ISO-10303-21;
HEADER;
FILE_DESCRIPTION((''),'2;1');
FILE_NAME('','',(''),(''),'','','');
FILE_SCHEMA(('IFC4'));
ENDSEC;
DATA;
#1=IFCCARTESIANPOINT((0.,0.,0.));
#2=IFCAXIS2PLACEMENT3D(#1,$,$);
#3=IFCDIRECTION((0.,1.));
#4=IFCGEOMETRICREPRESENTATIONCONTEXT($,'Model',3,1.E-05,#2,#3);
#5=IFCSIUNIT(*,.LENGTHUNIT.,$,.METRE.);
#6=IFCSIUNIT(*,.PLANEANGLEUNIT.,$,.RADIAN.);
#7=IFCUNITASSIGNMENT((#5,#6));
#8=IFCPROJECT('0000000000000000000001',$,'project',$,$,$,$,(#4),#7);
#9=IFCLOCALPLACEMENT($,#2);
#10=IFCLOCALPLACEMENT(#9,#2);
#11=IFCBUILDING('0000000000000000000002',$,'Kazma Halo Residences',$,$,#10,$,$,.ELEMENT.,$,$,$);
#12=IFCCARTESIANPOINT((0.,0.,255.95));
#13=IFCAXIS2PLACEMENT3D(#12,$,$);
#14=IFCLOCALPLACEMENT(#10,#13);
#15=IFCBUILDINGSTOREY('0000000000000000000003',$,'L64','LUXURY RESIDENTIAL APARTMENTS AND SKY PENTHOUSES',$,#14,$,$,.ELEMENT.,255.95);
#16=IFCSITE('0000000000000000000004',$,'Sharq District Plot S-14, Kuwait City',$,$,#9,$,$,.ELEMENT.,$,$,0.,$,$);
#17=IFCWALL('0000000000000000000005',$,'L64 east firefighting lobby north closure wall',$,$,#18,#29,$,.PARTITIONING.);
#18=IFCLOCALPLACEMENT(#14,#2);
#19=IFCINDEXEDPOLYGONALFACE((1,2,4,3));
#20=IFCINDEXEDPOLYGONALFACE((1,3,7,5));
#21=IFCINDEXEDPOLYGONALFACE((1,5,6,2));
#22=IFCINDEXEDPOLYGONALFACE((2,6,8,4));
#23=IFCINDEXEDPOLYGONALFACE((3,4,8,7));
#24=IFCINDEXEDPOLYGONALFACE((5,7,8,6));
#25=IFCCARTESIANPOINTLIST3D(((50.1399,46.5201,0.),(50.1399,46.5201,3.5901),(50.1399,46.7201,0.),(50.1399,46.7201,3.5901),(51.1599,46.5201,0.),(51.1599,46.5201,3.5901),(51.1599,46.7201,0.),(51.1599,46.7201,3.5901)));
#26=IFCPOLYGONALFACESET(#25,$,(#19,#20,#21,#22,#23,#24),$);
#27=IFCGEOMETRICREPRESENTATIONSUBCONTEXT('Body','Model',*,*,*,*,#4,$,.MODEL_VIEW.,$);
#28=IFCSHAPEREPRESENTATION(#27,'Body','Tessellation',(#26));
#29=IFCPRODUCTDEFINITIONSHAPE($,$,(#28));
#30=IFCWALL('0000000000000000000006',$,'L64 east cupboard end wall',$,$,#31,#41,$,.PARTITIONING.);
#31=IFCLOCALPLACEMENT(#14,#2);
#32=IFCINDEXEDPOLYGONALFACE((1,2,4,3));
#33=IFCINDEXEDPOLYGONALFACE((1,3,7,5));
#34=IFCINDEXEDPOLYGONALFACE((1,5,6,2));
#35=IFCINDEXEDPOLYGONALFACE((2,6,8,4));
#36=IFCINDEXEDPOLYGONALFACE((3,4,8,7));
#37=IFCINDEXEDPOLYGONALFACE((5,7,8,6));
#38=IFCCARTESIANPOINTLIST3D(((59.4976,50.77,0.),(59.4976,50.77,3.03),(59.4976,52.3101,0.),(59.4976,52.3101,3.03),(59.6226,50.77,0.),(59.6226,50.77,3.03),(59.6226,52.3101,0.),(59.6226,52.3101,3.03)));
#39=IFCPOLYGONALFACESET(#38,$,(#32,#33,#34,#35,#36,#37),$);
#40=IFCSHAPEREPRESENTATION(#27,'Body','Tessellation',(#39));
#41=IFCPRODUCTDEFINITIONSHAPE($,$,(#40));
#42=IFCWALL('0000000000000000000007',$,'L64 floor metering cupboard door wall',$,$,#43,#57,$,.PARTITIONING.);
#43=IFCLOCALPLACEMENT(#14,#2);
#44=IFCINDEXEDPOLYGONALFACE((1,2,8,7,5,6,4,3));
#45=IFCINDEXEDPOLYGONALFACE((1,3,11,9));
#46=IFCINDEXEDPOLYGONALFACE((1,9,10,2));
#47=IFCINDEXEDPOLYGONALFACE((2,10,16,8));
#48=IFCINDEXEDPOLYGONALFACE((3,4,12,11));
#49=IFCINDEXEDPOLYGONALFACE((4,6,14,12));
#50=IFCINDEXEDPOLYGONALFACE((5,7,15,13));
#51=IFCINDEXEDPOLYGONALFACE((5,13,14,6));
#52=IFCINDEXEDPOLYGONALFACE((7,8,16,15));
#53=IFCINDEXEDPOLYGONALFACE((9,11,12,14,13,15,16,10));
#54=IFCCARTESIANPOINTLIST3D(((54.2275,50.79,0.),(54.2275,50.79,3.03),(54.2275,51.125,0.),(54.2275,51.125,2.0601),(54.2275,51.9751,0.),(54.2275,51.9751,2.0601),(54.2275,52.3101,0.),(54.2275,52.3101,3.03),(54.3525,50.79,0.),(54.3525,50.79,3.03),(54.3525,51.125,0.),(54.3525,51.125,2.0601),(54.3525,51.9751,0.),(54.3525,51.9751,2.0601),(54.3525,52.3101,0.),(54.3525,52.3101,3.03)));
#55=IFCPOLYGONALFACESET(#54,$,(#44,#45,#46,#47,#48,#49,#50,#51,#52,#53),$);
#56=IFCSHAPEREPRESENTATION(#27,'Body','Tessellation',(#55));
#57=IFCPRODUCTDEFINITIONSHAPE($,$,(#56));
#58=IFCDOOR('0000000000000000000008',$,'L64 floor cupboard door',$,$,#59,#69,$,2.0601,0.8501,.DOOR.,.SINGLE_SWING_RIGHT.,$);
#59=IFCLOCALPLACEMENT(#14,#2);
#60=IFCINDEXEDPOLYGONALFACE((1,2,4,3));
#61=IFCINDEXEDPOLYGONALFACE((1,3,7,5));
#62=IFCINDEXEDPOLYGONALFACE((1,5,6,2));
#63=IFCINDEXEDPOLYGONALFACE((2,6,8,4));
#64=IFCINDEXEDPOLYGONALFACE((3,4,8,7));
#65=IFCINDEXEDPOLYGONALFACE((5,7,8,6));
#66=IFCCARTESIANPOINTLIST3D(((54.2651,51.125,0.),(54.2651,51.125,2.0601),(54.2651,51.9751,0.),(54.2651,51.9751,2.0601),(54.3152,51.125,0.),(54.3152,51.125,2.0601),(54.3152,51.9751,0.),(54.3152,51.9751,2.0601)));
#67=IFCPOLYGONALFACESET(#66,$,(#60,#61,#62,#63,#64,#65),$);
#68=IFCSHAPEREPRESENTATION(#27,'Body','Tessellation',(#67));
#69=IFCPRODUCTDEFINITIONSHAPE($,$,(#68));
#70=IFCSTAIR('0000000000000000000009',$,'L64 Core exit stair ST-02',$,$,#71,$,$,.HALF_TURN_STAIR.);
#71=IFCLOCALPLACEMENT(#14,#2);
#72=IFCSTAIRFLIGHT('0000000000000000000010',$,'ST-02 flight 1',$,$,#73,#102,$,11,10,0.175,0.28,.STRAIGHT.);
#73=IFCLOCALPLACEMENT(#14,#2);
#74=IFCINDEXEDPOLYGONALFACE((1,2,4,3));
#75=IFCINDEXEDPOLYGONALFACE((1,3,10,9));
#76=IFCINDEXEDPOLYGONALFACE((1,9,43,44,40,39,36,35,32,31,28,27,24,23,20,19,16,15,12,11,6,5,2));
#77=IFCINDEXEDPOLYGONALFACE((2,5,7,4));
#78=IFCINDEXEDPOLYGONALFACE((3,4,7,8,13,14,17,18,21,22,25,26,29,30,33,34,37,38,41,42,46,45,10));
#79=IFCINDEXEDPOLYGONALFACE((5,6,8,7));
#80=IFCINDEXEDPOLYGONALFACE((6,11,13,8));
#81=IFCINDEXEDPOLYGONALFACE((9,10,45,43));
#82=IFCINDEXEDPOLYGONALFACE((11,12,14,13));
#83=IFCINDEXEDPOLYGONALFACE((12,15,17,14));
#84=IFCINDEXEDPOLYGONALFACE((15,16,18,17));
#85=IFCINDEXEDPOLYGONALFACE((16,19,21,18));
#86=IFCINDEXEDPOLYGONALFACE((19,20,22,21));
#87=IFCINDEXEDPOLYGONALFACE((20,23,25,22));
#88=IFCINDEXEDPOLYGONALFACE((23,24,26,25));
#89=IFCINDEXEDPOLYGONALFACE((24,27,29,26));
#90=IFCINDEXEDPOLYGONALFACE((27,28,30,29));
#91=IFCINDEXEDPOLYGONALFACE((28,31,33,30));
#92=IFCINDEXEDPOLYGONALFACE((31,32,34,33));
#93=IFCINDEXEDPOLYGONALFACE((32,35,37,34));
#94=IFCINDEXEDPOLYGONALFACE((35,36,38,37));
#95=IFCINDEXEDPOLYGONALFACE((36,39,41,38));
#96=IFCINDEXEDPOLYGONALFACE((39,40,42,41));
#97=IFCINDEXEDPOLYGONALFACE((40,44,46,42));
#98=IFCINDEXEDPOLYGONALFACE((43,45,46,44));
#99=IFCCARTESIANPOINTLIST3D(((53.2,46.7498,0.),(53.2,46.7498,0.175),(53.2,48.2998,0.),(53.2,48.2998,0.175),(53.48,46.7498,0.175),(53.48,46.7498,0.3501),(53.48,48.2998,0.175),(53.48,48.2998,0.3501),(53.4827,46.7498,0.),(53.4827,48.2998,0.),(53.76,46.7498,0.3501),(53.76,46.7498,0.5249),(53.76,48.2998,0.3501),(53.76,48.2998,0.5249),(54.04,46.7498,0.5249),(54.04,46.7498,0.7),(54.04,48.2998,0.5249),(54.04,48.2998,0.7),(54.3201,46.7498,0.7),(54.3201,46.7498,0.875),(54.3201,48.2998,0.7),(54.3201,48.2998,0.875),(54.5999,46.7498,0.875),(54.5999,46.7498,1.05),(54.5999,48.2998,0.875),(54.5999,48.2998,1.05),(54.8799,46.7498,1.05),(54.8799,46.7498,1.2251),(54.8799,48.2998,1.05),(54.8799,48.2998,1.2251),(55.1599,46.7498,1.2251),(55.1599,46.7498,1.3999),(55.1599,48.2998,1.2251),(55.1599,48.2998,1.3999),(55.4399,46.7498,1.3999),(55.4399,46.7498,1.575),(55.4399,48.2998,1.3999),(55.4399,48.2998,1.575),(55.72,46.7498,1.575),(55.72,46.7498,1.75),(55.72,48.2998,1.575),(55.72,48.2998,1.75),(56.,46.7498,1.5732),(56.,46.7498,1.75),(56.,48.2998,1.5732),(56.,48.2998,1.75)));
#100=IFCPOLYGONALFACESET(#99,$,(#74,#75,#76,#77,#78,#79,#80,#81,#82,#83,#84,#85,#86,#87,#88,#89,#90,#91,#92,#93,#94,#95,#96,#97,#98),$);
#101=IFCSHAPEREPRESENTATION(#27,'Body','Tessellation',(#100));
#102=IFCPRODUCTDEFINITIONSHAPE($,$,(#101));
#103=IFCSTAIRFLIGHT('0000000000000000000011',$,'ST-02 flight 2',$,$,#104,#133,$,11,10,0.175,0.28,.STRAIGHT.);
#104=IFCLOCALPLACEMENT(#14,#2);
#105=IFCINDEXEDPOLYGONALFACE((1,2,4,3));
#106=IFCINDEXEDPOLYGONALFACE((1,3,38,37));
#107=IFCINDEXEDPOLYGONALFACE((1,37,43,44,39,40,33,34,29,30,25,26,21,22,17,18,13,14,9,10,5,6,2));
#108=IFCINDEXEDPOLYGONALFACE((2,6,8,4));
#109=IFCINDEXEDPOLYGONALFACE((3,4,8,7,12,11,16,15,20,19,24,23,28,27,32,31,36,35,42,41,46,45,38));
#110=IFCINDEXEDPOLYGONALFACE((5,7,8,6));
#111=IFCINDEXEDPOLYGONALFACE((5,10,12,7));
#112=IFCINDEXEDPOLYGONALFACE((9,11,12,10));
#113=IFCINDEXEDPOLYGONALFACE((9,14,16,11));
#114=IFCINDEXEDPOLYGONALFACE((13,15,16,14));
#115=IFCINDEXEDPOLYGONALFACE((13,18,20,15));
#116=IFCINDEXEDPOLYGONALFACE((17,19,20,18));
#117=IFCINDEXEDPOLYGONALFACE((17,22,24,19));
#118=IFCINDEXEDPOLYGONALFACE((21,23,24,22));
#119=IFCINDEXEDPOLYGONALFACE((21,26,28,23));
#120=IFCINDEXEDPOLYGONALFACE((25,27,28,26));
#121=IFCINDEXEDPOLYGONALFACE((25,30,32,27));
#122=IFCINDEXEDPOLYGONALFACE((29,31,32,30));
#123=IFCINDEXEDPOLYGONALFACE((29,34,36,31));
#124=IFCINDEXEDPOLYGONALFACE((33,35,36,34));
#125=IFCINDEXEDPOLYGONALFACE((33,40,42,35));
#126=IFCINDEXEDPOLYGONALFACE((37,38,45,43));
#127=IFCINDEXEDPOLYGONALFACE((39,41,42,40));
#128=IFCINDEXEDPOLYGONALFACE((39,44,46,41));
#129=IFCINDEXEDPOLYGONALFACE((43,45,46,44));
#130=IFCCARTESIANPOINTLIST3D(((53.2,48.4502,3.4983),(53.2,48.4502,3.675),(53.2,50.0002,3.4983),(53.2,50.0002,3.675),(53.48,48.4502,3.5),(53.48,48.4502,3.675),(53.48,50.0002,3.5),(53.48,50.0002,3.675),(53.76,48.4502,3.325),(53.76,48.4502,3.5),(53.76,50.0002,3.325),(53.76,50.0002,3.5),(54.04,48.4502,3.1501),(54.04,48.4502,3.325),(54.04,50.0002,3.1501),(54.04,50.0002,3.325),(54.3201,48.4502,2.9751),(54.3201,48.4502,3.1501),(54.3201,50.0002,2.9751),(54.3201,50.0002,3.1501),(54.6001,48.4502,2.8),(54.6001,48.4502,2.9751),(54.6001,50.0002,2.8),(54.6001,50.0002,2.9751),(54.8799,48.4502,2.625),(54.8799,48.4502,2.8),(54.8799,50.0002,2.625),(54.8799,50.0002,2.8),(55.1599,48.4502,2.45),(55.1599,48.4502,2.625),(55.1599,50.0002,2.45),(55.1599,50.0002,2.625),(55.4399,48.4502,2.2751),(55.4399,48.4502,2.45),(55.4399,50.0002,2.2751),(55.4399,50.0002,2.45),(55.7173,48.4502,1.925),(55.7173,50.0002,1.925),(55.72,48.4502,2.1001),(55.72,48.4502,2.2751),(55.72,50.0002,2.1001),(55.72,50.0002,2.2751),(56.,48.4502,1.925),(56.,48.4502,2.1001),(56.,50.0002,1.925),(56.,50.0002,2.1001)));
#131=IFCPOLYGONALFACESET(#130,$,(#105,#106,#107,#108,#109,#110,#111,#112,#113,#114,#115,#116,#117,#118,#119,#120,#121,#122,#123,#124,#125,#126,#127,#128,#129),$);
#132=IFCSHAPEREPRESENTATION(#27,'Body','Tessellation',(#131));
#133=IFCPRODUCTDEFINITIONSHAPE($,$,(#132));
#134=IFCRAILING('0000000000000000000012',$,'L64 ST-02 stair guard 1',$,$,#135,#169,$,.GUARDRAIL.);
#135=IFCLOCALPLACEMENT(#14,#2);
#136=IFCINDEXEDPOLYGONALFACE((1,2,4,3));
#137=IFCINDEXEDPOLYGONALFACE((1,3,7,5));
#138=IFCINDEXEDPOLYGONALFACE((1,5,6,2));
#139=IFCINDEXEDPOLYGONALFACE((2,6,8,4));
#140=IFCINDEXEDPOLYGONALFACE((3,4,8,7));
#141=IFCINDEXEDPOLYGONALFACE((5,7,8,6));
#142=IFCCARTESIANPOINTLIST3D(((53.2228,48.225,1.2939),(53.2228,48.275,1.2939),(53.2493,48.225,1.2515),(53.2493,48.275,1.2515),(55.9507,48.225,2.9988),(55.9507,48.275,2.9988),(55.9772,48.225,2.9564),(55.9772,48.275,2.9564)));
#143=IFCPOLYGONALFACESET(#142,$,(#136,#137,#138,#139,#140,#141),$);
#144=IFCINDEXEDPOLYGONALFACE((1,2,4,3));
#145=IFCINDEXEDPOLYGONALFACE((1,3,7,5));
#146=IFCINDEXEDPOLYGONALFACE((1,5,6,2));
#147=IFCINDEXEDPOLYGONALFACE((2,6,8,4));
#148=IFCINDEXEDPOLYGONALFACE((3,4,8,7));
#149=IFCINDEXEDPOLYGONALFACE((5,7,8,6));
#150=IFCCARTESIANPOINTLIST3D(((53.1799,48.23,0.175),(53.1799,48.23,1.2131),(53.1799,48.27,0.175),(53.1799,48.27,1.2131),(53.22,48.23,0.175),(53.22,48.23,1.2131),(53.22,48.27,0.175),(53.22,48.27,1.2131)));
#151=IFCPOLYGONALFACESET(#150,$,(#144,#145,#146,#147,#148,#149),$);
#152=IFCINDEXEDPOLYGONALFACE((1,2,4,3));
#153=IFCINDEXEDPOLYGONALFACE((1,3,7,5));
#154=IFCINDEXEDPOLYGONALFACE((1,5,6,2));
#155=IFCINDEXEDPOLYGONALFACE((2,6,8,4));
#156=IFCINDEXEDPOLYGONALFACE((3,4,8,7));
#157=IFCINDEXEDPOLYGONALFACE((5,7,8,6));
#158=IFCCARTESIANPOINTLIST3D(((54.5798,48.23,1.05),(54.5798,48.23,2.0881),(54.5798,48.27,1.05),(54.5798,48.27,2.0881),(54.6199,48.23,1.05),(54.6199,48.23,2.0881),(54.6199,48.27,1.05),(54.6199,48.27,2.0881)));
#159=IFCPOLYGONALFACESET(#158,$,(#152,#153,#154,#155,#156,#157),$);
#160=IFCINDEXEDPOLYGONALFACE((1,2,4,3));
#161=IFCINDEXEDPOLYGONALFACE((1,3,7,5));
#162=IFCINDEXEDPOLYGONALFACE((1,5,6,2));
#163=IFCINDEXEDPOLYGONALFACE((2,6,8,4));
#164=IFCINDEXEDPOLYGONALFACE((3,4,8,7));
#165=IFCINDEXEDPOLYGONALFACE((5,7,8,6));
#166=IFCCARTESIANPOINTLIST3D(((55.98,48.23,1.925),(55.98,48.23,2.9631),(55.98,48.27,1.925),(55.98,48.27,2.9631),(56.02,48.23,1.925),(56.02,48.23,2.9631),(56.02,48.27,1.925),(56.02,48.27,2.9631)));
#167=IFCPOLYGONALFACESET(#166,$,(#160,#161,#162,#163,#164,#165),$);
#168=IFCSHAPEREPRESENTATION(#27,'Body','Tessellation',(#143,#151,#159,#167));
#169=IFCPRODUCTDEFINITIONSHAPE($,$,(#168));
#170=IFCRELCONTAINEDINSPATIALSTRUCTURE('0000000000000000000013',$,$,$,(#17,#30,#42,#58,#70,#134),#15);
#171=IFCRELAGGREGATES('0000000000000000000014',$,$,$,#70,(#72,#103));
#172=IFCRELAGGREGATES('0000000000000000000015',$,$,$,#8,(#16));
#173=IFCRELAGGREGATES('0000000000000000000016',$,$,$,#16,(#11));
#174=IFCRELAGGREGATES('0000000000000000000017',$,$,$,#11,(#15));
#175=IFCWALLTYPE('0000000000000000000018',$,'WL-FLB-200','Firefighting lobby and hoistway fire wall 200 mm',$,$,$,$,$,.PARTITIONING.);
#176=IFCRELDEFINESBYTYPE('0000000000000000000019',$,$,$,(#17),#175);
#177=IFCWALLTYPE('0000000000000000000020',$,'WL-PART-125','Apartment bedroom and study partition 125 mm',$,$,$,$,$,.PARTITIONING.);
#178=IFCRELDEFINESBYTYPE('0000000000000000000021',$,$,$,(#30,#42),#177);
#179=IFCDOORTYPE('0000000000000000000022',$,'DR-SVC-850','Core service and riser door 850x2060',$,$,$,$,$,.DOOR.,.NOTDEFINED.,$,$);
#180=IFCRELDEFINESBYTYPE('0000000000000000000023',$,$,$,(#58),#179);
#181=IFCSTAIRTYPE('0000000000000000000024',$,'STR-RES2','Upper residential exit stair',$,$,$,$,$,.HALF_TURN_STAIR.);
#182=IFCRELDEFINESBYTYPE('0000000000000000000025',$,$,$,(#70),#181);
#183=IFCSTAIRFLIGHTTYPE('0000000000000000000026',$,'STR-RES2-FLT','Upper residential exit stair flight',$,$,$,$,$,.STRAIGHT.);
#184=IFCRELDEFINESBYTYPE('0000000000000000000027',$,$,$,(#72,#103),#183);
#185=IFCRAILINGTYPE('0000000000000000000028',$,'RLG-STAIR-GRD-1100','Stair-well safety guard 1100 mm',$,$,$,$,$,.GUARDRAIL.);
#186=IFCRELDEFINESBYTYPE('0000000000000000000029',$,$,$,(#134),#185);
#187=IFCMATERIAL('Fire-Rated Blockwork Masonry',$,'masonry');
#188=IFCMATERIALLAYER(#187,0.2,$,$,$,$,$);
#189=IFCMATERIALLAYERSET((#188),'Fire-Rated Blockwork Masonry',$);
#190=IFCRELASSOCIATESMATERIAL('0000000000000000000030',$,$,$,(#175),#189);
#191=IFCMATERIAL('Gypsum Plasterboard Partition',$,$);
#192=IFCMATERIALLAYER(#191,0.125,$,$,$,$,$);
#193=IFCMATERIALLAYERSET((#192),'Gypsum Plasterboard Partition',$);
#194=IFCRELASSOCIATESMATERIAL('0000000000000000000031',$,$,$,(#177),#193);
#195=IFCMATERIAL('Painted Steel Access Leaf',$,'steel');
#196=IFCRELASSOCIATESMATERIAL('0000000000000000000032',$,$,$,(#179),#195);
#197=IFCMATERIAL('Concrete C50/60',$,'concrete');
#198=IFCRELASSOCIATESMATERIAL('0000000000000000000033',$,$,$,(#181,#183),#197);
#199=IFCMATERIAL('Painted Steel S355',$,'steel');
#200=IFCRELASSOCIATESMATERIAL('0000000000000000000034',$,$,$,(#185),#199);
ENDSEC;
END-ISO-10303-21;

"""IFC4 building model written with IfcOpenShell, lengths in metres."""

from ifc_helpers import new_model, si_unit, direction, frame, frame_2d, origin, origin_2d, place, context, subcontext, project, spatial, polyline, rectangle, outline, extrude, material, layer, layer_set, type_object, element, fill, aggregate, save


model = new_model("IFC4")

# Units and contexts
model_context = context("Model", 3, precision=1e-05, world=origin(), true_north=direction((0.0, 1.0)))
body_context = subcontext(model_context, "Body", "Model", "MODEL_VIEW")
ifc_project = project(units=[si_unit("LENGTHUNIT", "METRE"), si_unit("PLANEANGLEUNIT", "RADIAN")], contexts=[model_context])

# Site, building, storey
site_placement = place(None, origin())
site = spatial("IfcSite", under=ifc_project, at=site_placement, Name="Sharq District Plot S-14, Kuwait City", CompositionType="ELEMENT", RefElevation=0.0)
building_placement = place(site_placement, origin())
building = spatial("IfcBuilding", under=site, at=building_placement, Name="Kazma Halo Residences", CompositionType="ELEMENT")
storey_placement = place(building_placement, frame((0.0, 0.0, 255.95)))
storey = spatial("IfcBuildingStorey", under=building, at=storey_placement, Name="L64", Description="LUXURY RESIDENTIAL APARTMENTS AND SKY PENTHOUSES", CompositionType="ELEMENT", Elevation=255.95)

# Shared definitions
ifc_material_1 = material(Name="Fire-Rated Blockwork Masonry", Category="masonry")
ifc_layer_1 = layer(ifc_material_1, 0.2)
ifc_layer_set_1 = layer_set([ifc_layer_1], Name="Fire-Rated Blockwork Masonry")
wall_type_1 = type_object("IfcWallType", Name="WL-FLB-200", Description="Firefighting lobby and hoistway fire wall 200 mm", PredefinedType="PARTITIONING", material=ifc_layer_set_1)

# Walls
wall_1_placement = place(storey_placement, frame((50.1399, 46.6201, 0.0), z_axis=(0.0, 0.0, 1.0), x_axis=(1.0, 0.0, 0.0)))
element("IfcWall", 1, at=wall_1_placement, inside=storey, type_object=wall_type_1, Name="L64 east firefighting lobby north closure wall", PredefinedType="PARTITIONING", context=body_context, shape_type="SweptSolid", body=[
    extrude(rectangle(XDim=1.02, YDim=0.2, at=frame_2d((0.51, 0.0))), origin(), (0.0, 0.0, 1.0), 3.5901),
])
ifc_material_2 = material(Name="Gypsum Plasterboard Partition")
ifc_layer_2 = layer(ifc_material_2, 0.125)
ifc_layer_set_2 = layer_set([ifc_layer_2], Name="Gypsum Plasterboard Partition")
wall_type_2 = type_object("IfcWallType", Name="WL-PART-125", Description="Apartment bedroom and study partition 125 mm", PredefinedType="PARTITIONING", material=ifc_layer_set_2)
wall_2_placement = place(storey_placement, frame((59.5601, 50.77, 0.0), z_axis=(0.0, 0.0, 1.0), x_axis=(0.0, 1.0, 0.0)))
element("IfcWall", 2, at=wall_2_placement, inside=storey, type_object=wall_type_2, Name="L64 east cupboard end wall", PredefinedType="PARTITIONING", context=body_context, shape_type="SweptSolid", body=[
    extrude(rectangle(XDim=1.54, YDim=0.125, at=frame_2d((0.77, 0.0))), origin(), (0.0, 0.0, 1.0), 3.03),
])

# Wall, opening, door
wall_3_placement = place(storey_placement, frame((54.29, 50.79, 0.0), z_axis=(0.0, 0.0, 1.0), x_axis=(0.0, 1.0, 0.0)))
wall_3 = element("IfcWall", 3, at=wall_3_placement, inside=storey, type_object=wall_type_2, Name="L64 floor metering cupboard door wall", PredefinedType="PARTITIONING", context=body_context, shape_type="SweptSolid", body=[
    extrude(rectangle(XDim=1.52, YDim=0.125, at=frame_2d((0.76, 0.0))), origin(), (0.0, 0.0, 1.0), 3.03),
])
opening_1_placement = place(wall_3_placement, frame((0.335, 0.0, 0.0)))
opening_1 = element("IfcOpeningElement", 4, at=opening_1_placement, cuts=wall_3, PredefinedType="OPENING", context=body_context, shape_type="SweptSolid", body=[
    extrude(rectangle(XDim=0.8501, YDim=2.0601, at=frame_2d((0.425, 1.03))), frame((0.0, 0.0725, 0.0), z_axis=(0.0, -1.0, 0.0), x_axis=(1.0, 0.0, 0.0)), (0.0, 0.0, 1.0), 0.145),
])
ifc_material_3 = material(Name="Painted Steel Access Leaf", Category="steel")
door_type_1 = type_object("IfcDoorType", Name="DR-SVC-850", Description="Core service and riser door 850x2060", OperationType="NOTDEFINED", PredefinedType="DOOR", material=ifc_material_3)
door_1_placement = place(opening_1_placement, origin())
door_1 = element("IfcDoor", 5, at=door_1_placement, inside=storey, type_object=door_type_1, Name="L64 floor cupboard door", OperationType="SINGLE_SWING_RIGHT", OverallHeight=2.0601, OverallWidth=0.8501, PredefinedType="DOOR", context=body_context, shape_type="SweptSolid", body=[
    extrude(rectangle(XDim=0.8501, YDim=2.0601, at=frame_2d((0.425, 1.03))), frame((0.0, 0.0249, 0.0), z_axis=(0.0, -1.0, 0.0), x_axis=(1.0, 0.0, 0.0)), (0.0, 0.0, 1.0), 0.05),
])
fill(opening_1, door_1)
ifc_material_4 = material(Name="Concrete C50/60", Category="concrete")

# Stair, stair flights
stair_type = type_object("IfcStairType", Name="STR-RES2", Description="Upper residential exit stair", PredefinedType="HALF_TURN_STAIR", material=ifc_material_4)
stair_placement = place(storey_placement, origin())
stair = element("IfcStair", 6, at=stair_placement, inside=storey, type_object=stair_type, Name="L64 Core exit stair ST-02", PredefinedType="HALF_TURN_STAIR")
stair_flight_type = type_object("IfcStairFlightType", Name="STR-RES2-FLT", Description="Upper residential exit stair flight", PredefinedType="STRAIGHT", material=ifc_material_4)
stair_flight_1_placement = place(storey_placement, frame((53.2, 47.5249, 0.0), z_axis=(0.0, 0.0, 1.0), x_axis=(1.0, 0.0, 0.0)))
stair_flight_1 = element("IfcStairFlight", 7, at=stair_flight_1_placement, type_object=stair_flight_type, Name="ST-02 flight 1", NumberOfRisers=11, NumberOfTreads=10, PredefinedType="STRAIGHT", RiserHeight=0.175, TreadLength=0.28, context=body_context, shape_type="SweptSolid", body=[
    extrude(outline(polyline([(0.0, 0.0), (0.0, 0.175), (0.28, 0.175), (0.28, 0.3501), (0.5601, 0.3501), (0.5601, 0.5249), (0.8401, 0.5249), (0.8401, 0.7), (1.1201, 0.7), (1.1201, 0.875), (1.3999, 0.875), (1.3999, 1.05), (1.6799, 1.05), (1.6799, 1.2251), (1.96, 1.2251), (1.96, 1.3999), (2.24, 1.3999), (2.24, 1.575), (2.52, 1.575), (2.52, 1.75), (2.8, 1.75), (2.8, 1.925), (2.8, 1.5732), (0.2827, 0.0), (0.0, 0.0)])), frame((0.0, 0.7749, 0.0), z_axis=(0.0, -1.0, 0.0), x_axis=(1.0, 0.0, 0.0)), (0.0, 0.0, 1.0), 1.55),
])
stair_flight_2_placement = place(storey_placement, frame((56.0, 49.2251, 1.925), z_axis=(0.0, 0.0, 1.0), x_axis=(-1.0, 0.0, 0.0)))
stair_flight_2 = element("IfcStairFlight", 8, at=stair_flight_2_placement, type_object=stair_flight_type, Name="ST-02 flight 2", NumberOfRisers=11, NumberOfTreads=10, PredefinedType="STRAIGHT", RiserHeight=0.175, TreadLength=0.28, context=body_context, shape_type="SweptSolid", body=[
    extrude(outline(polyline([(0.0, 0.0), (0.0, 0.175), (0.28, 0.175), (0.28, 0.3501), (0.5601, 0.3501), (0.5601, 0.5249), (0.8401, 0.5249), (0.8401, 0.7), (1.1201, 0.7), (1.1201, 0.875), (1.3999, 0.875), (1.3999, 1.05), (1.6799, 1.05), (1.6799, 1.2251), (1.96, 1.2251), (1.96, 1.3999), (2.24, 1.3999), (2.24, 1.575), (2.52, 1.575), (2.52, 1.75), (2.8, 1.75), (2.8, 1.925), (2.8, 1.5732), (0.2827, 0.0), (0.0, 0.0)])), frame((0.0, 0.7749, 0.0), z_axis=(0.0, -1.0, 0.0), x_axis=(1.0, 0.0, 0.0)), (0.0, 0.0, 1.0), 1.55),
])
aggregate(stair, [stair_flight_1, stair_flight_2])

# Railing
ifc_material_5 = material(Name="Painted Steel S355", Category="steel")
railing_type_1 = type_object("IfcRailingType", Name="RLG-STAIR-GRD-1100", Description="Stair-well safety guard 1100 mm", PredefinedType="GUARDRAIL", material=ifc_material_5)
railing_1_placement = place(storey_placement, frame((53.2, 48.25, 0.175)))
element("IfcRailing", 9, at=railing_1_placement, inside=storey, type_object=railing_type_1, Name="L64 ST-02 stair guard 1", PredefinedType="GUARDRAIL", context=body_context, shape_type="SweptSolid", body=[
    extrude(rectangle(XDim=0.05, YDim=0.05, at=origin_2d()), frame((0.0361, 0.0, 1.0977), z_axis=(0.848002, 0.0, 0.529992), x_axis=(0.0, 1.0, 0.0)), (0.0, 0.0, 1.0), 3.2168),
    extrude(rectangle(XDim=0.04, YDim=0.04, at=origin_2d()), origin(), (0.0, 0.0, 1.0), 1.0381),
    extrude(rectangle(XDim=0.04, YDim=0.04, at=origin_2d()), frame((1.3999, 0.0, 0.875)), (0.0, 0.0, 1.0), 1.0381),
    extrude(rectangle(XDim=0.04, YDim=0.04, at=origin_2d()), frame((2.8, 0.0, 1.75)), (0.0, 0.0, 1.0), 1.0381),
])

save(model, "model.ifc")
